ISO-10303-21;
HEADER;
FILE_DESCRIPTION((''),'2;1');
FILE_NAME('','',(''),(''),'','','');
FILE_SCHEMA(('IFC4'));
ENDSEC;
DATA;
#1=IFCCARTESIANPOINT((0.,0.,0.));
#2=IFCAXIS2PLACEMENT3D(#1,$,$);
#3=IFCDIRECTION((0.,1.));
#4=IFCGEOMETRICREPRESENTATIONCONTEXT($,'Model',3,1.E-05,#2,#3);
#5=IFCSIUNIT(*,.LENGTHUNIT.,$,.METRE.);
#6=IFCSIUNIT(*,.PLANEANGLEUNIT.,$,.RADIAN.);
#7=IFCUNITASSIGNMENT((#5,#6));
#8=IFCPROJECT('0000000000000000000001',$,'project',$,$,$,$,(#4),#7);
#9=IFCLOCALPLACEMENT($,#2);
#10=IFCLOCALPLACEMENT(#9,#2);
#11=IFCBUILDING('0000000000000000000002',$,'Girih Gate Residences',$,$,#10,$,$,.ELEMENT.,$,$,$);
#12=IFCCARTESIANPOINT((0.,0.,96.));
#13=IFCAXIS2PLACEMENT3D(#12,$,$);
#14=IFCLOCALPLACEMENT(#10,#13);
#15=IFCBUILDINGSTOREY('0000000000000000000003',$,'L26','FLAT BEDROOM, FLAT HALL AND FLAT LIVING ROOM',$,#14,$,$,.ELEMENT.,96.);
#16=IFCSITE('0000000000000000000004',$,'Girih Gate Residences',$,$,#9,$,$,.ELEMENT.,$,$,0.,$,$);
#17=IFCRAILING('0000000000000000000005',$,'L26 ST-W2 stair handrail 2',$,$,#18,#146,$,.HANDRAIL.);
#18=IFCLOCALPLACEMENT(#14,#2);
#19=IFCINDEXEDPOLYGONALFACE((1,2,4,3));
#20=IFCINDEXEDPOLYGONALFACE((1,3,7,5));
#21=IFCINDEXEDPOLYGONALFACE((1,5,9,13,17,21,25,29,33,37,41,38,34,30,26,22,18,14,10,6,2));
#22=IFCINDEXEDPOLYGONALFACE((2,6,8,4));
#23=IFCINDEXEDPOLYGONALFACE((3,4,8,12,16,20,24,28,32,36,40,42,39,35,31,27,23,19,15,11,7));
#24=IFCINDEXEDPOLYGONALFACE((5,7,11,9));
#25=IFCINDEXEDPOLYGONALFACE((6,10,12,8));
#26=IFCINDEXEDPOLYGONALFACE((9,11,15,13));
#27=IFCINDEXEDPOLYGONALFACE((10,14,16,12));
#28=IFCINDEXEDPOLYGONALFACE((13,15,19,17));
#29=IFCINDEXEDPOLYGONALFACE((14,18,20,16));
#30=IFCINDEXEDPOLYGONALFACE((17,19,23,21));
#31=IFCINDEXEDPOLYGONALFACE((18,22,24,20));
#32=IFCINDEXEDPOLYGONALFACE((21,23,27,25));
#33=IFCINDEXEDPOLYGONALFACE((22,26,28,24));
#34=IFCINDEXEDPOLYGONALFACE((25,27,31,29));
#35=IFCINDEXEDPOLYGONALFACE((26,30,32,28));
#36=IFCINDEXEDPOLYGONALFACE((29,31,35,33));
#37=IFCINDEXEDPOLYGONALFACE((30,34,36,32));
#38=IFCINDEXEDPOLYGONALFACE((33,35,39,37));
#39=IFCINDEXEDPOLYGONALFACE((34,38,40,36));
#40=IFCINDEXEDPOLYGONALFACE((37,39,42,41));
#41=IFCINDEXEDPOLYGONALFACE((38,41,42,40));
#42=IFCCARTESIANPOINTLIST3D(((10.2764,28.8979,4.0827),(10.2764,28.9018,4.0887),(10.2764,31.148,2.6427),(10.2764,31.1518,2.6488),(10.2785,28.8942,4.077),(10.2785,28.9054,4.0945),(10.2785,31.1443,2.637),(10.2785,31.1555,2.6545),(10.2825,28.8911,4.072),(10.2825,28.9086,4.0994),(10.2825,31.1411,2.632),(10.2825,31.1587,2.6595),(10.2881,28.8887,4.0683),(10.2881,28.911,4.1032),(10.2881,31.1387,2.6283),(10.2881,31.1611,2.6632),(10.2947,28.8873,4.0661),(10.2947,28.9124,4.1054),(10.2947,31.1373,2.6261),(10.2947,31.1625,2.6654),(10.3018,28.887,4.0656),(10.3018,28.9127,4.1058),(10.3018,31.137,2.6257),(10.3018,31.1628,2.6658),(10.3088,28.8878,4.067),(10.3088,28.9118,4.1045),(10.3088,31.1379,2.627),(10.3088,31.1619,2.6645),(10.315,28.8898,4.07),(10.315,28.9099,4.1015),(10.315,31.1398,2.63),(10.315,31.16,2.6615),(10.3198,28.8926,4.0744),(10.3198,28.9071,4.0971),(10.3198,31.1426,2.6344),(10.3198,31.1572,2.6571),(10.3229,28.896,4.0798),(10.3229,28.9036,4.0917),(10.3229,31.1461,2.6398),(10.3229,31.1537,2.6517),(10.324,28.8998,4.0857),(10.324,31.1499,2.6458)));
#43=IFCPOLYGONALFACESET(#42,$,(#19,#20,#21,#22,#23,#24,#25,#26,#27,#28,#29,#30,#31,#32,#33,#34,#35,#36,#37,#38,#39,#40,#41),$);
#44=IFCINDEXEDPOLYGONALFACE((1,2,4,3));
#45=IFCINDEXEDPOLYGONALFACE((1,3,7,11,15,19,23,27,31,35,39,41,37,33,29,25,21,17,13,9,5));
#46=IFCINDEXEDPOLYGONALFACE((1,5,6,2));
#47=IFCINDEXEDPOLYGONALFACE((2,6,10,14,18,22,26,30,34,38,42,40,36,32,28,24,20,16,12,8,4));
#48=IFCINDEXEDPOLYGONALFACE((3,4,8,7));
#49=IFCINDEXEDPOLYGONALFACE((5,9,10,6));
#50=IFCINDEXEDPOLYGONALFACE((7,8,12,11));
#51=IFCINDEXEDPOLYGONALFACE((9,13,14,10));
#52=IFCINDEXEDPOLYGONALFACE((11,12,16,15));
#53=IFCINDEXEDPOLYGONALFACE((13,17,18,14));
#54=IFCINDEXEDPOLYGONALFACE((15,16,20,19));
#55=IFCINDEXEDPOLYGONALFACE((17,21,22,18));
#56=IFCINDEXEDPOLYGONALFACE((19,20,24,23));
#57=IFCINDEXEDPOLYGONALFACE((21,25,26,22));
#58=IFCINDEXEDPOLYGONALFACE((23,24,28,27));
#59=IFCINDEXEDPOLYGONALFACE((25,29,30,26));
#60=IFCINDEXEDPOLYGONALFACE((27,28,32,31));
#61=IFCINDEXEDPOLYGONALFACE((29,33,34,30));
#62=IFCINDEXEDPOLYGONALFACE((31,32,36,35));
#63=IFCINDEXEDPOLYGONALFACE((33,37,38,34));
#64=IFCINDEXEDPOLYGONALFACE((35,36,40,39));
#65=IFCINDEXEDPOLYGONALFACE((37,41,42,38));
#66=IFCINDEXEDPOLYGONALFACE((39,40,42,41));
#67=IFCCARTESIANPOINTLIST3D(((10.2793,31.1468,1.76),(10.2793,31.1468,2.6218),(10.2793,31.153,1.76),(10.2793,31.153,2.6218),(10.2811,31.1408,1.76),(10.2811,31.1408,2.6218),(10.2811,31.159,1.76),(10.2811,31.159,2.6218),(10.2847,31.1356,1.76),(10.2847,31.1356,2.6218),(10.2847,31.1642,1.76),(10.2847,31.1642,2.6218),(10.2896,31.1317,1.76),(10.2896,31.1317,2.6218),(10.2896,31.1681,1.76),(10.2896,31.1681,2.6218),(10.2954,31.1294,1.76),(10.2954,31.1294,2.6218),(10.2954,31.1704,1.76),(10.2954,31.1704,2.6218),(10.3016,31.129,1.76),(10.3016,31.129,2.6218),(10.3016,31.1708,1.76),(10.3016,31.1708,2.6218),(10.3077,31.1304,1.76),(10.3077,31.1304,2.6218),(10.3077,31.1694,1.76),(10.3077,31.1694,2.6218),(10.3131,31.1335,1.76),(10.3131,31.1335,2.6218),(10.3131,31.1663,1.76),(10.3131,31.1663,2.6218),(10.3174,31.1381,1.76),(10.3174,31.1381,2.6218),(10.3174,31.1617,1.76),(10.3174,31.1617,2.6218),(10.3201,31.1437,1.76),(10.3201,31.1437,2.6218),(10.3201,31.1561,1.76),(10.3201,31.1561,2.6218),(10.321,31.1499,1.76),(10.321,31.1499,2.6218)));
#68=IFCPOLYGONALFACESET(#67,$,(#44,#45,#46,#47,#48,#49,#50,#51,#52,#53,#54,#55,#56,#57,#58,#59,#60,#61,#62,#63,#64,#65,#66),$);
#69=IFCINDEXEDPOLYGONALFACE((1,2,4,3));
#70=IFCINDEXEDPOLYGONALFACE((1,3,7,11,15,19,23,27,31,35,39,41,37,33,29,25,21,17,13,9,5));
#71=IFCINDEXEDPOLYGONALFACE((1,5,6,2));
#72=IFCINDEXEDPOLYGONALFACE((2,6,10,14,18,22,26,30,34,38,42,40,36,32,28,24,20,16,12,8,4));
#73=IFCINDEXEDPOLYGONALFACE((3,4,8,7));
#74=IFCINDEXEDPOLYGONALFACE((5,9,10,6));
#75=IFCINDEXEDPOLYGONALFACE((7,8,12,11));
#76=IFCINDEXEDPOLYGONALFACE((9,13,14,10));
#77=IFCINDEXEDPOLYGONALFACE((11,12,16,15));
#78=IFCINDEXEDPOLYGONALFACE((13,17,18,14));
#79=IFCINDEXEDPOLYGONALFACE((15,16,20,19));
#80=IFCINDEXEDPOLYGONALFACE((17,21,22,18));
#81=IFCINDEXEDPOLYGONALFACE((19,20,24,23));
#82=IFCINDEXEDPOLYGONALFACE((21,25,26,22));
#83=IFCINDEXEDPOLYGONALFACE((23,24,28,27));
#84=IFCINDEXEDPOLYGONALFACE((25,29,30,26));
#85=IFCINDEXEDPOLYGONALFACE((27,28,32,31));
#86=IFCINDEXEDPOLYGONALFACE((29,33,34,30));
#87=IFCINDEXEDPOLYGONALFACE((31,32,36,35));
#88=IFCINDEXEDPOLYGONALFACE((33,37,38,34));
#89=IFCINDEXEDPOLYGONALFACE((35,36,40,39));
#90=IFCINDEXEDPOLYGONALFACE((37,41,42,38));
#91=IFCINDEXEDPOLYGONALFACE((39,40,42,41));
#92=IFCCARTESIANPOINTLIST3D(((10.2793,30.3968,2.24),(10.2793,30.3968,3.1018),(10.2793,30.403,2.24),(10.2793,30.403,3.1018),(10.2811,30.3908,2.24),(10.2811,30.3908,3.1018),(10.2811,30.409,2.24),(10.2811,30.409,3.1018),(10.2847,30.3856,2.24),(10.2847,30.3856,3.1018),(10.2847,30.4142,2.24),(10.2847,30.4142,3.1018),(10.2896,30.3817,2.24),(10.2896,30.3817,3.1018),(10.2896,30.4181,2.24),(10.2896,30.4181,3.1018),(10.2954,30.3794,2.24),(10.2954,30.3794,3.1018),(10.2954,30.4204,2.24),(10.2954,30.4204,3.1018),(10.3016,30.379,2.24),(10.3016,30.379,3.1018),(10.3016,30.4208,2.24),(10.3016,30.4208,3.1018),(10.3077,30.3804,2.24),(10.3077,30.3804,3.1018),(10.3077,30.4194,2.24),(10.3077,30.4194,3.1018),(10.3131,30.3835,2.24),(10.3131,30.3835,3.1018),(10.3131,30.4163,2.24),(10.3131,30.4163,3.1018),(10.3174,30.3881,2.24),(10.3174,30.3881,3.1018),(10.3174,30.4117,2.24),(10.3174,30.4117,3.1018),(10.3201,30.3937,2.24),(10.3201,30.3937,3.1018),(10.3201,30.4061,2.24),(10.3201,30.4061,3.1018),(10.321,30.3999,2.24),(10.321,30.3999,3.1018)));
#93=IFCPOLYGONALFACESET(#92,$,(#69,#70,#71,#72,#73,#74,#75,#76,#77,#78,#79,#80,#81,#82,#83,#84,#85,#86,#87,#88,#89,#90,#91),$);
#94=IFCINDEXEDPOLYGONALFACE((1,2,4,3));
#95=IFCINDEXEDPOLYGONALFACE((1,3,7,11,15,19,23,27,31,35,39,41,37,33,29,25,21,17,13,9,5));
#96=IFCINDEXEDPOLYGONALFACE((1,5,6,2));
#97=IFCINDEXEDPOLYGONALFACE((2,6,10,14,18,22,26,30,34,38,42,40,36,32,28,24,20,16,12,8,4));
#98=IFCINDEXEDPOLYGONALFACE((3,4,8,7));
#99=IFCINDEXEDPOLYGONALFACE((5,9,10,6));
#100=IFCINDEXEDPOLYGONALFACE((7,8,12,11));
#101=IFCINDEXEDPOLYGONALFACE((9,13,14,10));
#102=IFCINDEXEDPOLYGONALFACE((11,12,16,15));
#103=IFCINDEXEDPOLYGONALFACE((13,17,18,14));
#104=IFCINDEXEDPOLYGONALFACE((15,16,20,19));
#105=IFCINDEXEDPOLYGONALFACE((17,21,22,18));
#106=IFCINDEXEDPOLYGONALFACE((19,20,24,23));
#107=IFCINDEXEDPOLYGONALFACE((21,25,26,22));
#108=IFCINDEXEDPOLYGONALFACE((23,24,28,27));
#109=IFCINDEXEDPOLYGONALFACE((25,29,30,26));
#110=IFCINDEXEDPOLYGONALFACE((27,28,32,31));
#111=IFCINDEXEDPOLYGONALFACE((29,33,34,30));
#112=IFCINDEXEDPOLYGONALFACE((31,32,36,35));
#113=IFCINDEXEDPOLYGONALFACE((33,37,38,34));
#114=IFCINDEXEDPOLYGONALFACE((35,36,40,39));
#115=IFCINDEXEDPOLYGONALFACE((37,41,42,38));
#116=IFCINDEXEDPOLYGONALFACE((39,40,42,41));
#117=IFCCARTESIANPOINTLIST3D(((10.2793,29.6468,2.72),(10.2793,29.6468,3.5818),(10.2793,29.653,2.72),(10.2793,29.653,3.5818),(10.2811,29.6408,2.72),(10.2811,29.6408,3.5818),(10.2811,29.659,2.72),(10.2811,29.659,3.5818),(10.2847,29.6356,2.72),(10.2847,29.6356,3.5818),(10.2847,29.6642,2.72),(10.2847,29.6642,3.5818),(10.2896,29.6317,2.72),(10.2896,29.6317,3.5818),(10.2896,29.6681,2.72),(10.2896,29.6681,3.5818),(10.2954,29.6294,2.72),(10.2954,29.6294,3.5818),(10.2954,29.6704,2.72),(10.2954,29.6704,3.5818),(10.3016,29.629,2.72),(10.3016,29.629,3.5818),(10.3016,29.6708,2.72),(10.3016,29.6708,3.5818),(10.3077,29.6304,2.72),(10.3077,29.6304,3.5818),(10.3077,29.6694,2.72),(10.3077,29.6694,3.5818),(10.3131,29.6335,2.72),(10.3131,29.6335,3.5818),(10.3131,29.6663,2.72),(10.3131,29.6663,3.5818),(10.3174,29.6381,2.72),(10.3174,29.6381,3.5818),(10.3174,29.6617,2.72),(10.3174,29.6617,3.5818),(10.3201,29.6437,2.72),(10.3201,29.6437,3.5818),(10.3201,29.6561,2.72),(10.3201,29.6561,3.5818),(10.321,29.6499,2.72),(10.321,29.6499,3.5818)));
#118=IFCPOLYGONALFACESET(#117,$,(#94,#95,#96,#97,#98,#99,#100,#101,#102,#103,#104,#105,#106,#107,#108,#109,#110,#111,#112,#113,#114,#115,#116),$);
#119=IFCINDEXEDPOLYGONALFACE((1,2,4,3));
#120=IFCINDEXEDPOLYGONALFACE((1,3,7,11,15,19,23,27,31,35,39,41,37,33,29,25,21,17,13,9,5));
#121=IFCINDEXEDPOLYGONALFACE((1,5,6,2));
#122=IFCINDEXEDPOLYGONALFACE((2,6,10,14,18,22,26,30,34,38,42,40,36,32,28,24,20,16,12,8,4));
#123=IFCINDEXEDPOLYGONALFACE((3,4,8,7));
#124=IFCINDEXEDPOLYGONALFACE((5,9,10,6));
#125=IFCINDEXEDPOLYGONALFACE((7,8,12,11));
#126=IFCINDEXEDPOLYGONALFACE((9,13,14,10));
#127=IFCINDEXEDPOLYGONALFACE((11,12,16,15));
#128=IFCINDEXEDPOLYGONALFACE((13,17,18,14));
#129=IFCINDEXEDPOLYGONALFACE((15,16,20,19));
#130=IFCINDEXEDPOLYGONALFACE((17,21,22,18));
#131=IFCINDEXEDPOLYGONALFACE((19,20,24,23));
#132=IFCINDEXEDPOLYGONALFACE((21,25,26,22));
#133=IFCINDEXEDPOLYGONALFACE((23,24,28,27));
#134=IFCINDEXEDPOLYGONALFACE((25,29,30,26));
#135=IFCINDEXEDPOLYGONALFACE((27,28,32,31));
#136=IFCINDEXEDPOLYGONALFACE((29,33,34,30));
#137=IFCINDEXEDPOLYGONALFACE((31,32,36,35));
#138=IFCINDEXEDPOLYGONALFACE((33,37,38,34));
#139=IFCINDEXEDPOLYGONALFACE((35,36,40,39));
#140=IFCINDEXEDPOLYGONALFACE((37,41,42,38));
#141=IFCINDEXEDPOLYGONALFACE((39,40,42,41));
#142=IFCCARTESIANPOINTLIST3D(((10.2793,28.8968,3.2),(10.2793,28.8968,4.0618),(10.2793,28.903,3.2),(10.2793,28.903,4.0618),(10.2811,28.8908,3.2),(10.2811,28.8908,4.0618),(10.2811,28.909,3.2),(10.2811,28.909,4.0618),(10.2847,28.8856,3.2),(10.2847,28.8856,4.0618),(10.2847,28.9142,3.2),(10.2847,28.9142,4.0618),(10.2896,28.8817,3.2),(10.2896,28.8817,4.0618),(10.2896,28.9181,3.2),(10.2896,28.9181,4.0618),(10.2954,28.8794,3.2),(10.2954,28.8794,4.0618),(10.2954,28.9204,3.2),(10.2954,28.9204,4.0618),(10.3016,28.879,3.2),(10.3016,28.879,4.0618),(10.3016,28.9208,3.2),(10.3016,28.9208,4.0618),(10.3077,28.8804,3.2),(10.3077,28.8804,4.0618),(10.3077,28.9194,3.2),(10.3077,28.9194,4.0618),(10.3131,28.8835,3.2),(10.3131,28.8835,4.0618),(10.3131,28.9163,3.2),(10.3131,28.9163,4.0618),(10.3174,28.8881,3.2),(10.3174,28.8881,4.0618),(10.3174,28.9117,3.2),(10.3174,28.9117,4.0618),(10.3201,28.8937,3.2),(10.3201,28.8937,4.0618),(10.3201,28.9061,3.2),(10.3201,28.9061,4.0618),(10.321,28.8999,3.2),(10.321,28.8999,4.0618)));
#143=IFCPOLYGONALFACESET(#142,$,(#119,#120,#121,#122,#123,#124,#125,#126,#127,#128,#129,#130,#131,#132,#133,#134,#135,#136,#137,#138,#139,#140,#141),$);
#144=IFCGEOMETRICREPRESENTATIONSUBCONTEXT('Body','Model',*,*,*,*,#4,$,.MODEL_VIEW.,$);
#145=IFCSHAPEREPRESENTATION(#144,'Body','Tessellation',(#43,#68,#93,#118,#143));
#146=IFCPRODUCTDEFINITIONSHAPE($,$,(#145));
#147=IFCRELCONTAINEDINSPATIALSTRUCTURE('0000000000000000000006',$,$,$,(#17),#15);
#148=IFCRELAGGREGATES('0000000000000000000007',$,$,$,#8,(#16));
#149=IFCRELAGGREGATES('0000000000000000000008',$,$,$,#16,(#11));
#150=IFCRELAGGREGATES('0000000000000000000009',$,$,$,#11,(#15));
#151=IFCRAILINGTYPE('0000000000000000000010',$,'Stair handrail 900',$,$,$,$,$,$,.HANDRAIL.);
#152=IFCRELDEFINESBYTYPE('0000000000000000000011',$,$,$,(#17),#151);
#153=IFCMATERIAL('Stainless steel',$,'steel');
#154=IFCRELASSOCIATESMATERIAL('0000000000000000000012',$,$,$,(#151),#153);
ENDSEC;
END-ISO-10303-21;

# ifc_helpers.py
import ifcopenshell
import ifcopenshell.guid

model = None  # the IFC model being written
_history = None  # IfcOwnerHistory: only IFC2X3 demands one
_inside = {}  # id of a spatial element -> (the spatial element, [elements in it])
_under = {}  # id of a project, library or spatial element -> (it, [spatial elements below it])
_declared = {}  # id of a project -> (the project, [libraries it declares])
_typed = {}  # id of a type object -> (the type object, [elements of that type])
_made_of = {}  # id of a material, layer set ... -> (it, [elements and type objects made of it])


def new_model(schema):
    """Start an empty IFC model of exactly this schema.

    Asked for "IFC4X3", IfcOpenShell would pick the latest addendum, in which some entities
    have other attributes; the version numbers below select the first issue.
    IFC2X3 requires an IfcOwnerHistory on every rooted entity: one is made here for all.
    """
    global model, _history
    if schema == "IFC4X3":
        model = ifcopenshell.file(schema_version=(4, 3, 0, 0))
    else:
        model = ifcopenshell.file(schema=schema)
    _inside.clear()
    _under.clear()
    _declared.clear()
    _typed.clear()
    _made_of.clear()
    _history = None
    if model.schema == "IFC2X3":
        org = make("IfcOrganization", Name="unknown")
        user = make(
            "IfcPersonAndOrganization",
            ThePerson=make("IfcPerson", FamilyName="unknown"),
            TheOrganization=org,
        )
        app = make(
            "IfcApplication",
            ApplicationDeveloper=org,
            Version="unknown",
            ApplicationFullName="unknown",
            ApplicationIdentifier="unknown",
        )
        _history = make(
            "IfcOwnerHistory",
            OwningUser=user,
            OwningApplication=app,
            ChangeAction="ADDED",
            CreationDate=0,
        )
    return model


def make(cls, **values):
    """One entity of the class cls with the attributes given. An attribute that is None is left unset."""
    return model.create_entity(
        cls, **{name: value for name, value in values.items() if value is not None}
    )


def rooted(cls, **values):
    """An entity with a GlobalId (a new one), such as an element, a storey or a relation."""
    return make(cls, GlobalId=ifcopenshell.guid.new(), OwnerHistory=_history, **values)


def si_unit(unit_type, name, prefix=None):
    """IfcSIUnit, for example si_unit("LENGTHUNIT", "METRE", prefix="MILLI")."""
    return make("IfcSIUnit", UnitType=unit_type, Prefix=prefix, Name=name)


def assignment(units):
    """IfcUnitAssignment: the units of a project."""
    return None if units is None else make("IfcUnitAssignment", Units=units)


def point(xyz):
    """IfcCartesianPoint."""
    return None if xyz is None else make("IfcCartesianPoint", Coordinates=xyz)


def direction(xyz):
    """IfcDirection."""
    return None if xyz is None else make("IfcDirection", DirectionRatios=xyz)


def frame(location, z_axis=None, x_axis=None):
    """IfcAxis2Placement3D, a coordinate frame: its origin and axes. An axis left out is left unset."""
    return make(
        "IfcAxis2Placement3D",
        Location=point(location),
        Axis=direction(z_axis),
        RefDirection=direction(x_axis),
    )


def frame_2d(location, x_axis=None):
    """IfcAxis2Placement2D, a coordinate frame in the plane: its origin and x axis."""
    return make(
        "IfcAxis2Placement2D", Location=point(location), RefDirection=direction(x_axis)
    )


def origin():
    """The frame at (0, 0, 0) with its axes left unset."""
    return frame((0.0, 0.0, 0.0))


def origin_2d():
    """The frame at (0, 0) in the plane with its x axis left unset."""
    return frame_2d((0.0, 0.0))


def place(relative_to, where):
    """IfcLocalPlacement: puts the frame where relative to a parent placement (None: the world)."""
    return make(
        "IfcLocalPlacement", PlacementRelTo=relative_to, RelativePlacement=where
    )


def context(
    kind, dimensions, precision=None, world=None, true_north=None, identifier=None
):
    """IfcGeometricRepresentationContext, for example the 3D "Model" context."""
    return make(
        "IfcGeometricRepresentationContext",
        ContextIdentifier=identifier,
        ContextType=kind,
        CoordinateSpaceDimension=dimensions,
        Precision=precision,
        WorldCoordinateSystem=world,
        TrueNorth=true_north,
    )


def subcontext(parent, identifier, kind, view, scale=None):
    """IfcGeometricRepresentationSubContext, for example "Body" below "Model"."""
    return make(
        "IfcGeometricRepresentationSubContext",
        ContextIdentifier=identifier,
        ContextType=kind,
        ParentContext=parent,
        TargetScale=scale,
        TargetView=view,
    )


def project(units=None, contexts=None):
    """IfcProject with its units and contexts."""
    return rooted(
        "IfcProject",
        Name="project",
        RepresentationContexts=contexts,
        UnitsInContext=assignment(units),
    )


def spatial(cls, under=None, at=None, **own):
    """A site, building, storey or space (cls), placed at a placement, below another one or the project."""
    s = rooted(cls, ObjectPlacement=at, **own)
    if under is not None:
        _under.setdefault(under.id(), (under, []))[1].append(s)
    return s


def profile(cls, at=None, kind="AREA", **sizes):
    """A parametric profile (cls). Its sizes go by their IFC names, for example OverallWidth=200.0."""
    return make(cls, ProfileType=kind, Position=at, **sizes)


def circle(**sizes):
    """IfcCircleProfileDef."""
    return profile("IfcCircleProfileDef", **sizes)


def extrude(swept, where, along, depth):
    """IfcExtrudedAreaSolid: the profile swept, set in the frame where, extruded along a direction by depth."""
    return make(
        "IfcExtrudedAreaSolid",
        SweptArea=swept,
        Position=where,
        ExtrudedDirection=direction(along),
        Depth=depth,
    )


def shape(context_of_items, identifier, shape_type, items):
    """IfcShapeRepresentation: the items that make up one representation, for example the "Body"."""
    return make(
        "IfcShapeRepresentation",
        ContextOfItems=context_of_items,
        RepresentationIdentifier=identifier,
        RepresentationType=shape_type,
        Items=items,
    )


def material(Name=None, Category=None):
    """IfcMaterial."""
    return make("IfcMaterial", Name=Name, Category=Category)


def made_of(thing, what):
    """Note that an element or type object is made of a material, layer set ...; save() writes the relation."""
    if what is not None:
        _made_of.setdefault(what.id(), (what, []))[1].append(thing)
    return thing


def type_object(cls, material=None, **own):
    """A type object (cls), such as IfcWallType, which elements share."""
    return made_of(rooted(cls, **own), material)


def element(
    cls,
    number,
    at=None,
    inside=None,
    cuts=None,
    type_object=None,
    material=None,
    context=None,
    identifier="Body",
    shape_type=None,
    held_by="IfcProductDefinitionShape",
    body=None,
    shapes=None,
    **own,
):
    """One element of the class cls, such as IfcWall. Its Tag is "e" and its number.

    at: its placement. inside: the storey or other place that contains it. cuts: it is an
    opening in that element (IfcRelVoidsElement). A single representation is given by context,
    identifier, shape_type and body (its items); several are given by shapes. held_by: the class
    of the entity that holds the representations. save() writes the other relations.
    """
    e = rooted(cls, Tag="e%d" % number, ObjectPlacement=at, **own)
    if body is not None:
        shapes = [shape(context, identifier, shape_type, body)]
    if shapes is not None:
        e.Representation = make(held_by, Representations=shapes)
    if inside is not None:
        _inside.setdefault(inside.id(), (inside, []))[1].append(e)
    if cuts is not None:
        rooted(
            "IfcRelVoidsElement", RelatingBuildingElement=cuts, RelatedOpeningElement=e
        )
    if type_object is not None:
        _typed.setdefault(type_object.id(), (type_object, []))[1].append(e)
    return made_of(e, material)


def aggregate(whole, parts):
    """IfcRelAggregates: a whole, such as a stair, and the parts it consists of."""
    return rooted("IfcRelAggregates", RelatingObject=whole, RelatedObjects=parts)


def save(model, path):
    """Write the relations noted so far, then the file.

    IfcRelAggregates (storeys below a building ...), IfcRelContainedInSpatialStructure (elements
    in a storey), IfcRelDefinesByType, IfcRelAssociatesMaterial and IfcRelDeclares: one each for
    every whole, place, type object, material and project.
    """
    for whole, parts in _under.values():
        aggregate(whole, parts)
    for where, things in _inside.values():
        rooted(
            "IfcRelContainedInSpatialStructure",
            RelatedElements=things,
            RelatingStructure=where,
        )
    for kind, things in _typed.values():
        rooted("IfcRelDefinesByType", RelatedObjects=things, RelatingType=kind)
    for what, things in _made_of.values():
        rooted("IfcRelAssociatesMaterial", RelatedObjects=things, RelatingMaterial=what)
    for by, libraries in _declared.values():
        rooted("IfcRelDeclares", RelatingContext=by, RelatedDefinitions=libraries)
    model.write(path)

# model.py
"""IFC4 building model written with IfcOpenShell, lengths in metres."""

from ifc_helpers import new_model, si_unit, direction, frame, origin, origin_2d, place, context, subcontext, project, spatial, circle, extrude, material, type_object, element, save


model = new_model("IFC4")

# Units and contexts
model_context = context("Model", 3, precision=1e-05, world=origin(), true_north=direction((0.0, 1.0)))
body_context = subcontext(model_context, "Body", "Model", "MODEL_VIEW")
ifc_project = project(units=[si_unit("LENGTHUNIT", "METRE"), si_unit("PLANEANGLEUNIT", "RADIAN")], contexts=[model_context])

# Site, building, storey
site_placement = place(None, origin())
site = spatial("IfcSite", under=ifc_project, at=site_placement, Name="Girih Gate Residences", CompositionType="ELEMENT", RefElevation=0.0)
building_placement = place(site_placement, origin())
building = spatial("IfcBuilding", under=site, at=building_placement, Name="Girih Gate Residences", CompositionType="ELEMENT")
storey_placement = place(building_placement, frame((0.0, 0.0, 96.0)))
storey = spatial("IfcBuildingStorey", under=building, at=storey_placement, Name="L26", Description="FLAT BEDROOM, FLAT HALL AND FLAT LIVING ROOM", CompositionType="ELEMENT", Elevation=96.0)

# Railing
ifc_material_1 = material(Name="Stainless steel", Category="steel")
railing_type_1 = type_object("IfcRailingType", Name="Stair handrail 900", PredefinedType="HANDRAIL", material=ifc_material_1)
railing_1_placement = place(storey_placement, frame((10.3, 31.1499, 1.76)))
element("IfcRailing", 1, at=railing_1_placement, inside=storey, type_object=railing_type_1, Name="L26 ST-W2 stair handrail 2", PredefinedType="HANDRAIL", context=body_context, shape_type="SweptSolid", body=[
    extrude(circle(Radius=0.0239, at=origin_2d()), frame((0.0, 0.0, 0.8857), z_axis=(0.0, -0.842281, 0.539038), x_axis=(1.0, 0.0, 0.0)), (0.0, 0.0, 1.0), 2.6714),
    extrude(circle(Radius=0.021, at=origin_2d()), origin(), (0.0, 0.0, 1.0), 0.8618),
    extrude(circle(Radius=0.021, at=origin_2d()), frame((0.0, -0.75, 0.48)), (0.0, 0.0, 1.0), 0.8618),
    extrude(circle(Radius=0.021, at=origin_2d()), frame((0.0, -1.5, 0.96)), (0.0, 0.0, 1.0), 0.8618),
    extrude(circle(Radius=0.021, at=origin_2d()), frame((0.0, -2.25, 1.4399)), (0.0, 0.0, 1.0), 0.8618),
])

save(model, "model.ifc")
